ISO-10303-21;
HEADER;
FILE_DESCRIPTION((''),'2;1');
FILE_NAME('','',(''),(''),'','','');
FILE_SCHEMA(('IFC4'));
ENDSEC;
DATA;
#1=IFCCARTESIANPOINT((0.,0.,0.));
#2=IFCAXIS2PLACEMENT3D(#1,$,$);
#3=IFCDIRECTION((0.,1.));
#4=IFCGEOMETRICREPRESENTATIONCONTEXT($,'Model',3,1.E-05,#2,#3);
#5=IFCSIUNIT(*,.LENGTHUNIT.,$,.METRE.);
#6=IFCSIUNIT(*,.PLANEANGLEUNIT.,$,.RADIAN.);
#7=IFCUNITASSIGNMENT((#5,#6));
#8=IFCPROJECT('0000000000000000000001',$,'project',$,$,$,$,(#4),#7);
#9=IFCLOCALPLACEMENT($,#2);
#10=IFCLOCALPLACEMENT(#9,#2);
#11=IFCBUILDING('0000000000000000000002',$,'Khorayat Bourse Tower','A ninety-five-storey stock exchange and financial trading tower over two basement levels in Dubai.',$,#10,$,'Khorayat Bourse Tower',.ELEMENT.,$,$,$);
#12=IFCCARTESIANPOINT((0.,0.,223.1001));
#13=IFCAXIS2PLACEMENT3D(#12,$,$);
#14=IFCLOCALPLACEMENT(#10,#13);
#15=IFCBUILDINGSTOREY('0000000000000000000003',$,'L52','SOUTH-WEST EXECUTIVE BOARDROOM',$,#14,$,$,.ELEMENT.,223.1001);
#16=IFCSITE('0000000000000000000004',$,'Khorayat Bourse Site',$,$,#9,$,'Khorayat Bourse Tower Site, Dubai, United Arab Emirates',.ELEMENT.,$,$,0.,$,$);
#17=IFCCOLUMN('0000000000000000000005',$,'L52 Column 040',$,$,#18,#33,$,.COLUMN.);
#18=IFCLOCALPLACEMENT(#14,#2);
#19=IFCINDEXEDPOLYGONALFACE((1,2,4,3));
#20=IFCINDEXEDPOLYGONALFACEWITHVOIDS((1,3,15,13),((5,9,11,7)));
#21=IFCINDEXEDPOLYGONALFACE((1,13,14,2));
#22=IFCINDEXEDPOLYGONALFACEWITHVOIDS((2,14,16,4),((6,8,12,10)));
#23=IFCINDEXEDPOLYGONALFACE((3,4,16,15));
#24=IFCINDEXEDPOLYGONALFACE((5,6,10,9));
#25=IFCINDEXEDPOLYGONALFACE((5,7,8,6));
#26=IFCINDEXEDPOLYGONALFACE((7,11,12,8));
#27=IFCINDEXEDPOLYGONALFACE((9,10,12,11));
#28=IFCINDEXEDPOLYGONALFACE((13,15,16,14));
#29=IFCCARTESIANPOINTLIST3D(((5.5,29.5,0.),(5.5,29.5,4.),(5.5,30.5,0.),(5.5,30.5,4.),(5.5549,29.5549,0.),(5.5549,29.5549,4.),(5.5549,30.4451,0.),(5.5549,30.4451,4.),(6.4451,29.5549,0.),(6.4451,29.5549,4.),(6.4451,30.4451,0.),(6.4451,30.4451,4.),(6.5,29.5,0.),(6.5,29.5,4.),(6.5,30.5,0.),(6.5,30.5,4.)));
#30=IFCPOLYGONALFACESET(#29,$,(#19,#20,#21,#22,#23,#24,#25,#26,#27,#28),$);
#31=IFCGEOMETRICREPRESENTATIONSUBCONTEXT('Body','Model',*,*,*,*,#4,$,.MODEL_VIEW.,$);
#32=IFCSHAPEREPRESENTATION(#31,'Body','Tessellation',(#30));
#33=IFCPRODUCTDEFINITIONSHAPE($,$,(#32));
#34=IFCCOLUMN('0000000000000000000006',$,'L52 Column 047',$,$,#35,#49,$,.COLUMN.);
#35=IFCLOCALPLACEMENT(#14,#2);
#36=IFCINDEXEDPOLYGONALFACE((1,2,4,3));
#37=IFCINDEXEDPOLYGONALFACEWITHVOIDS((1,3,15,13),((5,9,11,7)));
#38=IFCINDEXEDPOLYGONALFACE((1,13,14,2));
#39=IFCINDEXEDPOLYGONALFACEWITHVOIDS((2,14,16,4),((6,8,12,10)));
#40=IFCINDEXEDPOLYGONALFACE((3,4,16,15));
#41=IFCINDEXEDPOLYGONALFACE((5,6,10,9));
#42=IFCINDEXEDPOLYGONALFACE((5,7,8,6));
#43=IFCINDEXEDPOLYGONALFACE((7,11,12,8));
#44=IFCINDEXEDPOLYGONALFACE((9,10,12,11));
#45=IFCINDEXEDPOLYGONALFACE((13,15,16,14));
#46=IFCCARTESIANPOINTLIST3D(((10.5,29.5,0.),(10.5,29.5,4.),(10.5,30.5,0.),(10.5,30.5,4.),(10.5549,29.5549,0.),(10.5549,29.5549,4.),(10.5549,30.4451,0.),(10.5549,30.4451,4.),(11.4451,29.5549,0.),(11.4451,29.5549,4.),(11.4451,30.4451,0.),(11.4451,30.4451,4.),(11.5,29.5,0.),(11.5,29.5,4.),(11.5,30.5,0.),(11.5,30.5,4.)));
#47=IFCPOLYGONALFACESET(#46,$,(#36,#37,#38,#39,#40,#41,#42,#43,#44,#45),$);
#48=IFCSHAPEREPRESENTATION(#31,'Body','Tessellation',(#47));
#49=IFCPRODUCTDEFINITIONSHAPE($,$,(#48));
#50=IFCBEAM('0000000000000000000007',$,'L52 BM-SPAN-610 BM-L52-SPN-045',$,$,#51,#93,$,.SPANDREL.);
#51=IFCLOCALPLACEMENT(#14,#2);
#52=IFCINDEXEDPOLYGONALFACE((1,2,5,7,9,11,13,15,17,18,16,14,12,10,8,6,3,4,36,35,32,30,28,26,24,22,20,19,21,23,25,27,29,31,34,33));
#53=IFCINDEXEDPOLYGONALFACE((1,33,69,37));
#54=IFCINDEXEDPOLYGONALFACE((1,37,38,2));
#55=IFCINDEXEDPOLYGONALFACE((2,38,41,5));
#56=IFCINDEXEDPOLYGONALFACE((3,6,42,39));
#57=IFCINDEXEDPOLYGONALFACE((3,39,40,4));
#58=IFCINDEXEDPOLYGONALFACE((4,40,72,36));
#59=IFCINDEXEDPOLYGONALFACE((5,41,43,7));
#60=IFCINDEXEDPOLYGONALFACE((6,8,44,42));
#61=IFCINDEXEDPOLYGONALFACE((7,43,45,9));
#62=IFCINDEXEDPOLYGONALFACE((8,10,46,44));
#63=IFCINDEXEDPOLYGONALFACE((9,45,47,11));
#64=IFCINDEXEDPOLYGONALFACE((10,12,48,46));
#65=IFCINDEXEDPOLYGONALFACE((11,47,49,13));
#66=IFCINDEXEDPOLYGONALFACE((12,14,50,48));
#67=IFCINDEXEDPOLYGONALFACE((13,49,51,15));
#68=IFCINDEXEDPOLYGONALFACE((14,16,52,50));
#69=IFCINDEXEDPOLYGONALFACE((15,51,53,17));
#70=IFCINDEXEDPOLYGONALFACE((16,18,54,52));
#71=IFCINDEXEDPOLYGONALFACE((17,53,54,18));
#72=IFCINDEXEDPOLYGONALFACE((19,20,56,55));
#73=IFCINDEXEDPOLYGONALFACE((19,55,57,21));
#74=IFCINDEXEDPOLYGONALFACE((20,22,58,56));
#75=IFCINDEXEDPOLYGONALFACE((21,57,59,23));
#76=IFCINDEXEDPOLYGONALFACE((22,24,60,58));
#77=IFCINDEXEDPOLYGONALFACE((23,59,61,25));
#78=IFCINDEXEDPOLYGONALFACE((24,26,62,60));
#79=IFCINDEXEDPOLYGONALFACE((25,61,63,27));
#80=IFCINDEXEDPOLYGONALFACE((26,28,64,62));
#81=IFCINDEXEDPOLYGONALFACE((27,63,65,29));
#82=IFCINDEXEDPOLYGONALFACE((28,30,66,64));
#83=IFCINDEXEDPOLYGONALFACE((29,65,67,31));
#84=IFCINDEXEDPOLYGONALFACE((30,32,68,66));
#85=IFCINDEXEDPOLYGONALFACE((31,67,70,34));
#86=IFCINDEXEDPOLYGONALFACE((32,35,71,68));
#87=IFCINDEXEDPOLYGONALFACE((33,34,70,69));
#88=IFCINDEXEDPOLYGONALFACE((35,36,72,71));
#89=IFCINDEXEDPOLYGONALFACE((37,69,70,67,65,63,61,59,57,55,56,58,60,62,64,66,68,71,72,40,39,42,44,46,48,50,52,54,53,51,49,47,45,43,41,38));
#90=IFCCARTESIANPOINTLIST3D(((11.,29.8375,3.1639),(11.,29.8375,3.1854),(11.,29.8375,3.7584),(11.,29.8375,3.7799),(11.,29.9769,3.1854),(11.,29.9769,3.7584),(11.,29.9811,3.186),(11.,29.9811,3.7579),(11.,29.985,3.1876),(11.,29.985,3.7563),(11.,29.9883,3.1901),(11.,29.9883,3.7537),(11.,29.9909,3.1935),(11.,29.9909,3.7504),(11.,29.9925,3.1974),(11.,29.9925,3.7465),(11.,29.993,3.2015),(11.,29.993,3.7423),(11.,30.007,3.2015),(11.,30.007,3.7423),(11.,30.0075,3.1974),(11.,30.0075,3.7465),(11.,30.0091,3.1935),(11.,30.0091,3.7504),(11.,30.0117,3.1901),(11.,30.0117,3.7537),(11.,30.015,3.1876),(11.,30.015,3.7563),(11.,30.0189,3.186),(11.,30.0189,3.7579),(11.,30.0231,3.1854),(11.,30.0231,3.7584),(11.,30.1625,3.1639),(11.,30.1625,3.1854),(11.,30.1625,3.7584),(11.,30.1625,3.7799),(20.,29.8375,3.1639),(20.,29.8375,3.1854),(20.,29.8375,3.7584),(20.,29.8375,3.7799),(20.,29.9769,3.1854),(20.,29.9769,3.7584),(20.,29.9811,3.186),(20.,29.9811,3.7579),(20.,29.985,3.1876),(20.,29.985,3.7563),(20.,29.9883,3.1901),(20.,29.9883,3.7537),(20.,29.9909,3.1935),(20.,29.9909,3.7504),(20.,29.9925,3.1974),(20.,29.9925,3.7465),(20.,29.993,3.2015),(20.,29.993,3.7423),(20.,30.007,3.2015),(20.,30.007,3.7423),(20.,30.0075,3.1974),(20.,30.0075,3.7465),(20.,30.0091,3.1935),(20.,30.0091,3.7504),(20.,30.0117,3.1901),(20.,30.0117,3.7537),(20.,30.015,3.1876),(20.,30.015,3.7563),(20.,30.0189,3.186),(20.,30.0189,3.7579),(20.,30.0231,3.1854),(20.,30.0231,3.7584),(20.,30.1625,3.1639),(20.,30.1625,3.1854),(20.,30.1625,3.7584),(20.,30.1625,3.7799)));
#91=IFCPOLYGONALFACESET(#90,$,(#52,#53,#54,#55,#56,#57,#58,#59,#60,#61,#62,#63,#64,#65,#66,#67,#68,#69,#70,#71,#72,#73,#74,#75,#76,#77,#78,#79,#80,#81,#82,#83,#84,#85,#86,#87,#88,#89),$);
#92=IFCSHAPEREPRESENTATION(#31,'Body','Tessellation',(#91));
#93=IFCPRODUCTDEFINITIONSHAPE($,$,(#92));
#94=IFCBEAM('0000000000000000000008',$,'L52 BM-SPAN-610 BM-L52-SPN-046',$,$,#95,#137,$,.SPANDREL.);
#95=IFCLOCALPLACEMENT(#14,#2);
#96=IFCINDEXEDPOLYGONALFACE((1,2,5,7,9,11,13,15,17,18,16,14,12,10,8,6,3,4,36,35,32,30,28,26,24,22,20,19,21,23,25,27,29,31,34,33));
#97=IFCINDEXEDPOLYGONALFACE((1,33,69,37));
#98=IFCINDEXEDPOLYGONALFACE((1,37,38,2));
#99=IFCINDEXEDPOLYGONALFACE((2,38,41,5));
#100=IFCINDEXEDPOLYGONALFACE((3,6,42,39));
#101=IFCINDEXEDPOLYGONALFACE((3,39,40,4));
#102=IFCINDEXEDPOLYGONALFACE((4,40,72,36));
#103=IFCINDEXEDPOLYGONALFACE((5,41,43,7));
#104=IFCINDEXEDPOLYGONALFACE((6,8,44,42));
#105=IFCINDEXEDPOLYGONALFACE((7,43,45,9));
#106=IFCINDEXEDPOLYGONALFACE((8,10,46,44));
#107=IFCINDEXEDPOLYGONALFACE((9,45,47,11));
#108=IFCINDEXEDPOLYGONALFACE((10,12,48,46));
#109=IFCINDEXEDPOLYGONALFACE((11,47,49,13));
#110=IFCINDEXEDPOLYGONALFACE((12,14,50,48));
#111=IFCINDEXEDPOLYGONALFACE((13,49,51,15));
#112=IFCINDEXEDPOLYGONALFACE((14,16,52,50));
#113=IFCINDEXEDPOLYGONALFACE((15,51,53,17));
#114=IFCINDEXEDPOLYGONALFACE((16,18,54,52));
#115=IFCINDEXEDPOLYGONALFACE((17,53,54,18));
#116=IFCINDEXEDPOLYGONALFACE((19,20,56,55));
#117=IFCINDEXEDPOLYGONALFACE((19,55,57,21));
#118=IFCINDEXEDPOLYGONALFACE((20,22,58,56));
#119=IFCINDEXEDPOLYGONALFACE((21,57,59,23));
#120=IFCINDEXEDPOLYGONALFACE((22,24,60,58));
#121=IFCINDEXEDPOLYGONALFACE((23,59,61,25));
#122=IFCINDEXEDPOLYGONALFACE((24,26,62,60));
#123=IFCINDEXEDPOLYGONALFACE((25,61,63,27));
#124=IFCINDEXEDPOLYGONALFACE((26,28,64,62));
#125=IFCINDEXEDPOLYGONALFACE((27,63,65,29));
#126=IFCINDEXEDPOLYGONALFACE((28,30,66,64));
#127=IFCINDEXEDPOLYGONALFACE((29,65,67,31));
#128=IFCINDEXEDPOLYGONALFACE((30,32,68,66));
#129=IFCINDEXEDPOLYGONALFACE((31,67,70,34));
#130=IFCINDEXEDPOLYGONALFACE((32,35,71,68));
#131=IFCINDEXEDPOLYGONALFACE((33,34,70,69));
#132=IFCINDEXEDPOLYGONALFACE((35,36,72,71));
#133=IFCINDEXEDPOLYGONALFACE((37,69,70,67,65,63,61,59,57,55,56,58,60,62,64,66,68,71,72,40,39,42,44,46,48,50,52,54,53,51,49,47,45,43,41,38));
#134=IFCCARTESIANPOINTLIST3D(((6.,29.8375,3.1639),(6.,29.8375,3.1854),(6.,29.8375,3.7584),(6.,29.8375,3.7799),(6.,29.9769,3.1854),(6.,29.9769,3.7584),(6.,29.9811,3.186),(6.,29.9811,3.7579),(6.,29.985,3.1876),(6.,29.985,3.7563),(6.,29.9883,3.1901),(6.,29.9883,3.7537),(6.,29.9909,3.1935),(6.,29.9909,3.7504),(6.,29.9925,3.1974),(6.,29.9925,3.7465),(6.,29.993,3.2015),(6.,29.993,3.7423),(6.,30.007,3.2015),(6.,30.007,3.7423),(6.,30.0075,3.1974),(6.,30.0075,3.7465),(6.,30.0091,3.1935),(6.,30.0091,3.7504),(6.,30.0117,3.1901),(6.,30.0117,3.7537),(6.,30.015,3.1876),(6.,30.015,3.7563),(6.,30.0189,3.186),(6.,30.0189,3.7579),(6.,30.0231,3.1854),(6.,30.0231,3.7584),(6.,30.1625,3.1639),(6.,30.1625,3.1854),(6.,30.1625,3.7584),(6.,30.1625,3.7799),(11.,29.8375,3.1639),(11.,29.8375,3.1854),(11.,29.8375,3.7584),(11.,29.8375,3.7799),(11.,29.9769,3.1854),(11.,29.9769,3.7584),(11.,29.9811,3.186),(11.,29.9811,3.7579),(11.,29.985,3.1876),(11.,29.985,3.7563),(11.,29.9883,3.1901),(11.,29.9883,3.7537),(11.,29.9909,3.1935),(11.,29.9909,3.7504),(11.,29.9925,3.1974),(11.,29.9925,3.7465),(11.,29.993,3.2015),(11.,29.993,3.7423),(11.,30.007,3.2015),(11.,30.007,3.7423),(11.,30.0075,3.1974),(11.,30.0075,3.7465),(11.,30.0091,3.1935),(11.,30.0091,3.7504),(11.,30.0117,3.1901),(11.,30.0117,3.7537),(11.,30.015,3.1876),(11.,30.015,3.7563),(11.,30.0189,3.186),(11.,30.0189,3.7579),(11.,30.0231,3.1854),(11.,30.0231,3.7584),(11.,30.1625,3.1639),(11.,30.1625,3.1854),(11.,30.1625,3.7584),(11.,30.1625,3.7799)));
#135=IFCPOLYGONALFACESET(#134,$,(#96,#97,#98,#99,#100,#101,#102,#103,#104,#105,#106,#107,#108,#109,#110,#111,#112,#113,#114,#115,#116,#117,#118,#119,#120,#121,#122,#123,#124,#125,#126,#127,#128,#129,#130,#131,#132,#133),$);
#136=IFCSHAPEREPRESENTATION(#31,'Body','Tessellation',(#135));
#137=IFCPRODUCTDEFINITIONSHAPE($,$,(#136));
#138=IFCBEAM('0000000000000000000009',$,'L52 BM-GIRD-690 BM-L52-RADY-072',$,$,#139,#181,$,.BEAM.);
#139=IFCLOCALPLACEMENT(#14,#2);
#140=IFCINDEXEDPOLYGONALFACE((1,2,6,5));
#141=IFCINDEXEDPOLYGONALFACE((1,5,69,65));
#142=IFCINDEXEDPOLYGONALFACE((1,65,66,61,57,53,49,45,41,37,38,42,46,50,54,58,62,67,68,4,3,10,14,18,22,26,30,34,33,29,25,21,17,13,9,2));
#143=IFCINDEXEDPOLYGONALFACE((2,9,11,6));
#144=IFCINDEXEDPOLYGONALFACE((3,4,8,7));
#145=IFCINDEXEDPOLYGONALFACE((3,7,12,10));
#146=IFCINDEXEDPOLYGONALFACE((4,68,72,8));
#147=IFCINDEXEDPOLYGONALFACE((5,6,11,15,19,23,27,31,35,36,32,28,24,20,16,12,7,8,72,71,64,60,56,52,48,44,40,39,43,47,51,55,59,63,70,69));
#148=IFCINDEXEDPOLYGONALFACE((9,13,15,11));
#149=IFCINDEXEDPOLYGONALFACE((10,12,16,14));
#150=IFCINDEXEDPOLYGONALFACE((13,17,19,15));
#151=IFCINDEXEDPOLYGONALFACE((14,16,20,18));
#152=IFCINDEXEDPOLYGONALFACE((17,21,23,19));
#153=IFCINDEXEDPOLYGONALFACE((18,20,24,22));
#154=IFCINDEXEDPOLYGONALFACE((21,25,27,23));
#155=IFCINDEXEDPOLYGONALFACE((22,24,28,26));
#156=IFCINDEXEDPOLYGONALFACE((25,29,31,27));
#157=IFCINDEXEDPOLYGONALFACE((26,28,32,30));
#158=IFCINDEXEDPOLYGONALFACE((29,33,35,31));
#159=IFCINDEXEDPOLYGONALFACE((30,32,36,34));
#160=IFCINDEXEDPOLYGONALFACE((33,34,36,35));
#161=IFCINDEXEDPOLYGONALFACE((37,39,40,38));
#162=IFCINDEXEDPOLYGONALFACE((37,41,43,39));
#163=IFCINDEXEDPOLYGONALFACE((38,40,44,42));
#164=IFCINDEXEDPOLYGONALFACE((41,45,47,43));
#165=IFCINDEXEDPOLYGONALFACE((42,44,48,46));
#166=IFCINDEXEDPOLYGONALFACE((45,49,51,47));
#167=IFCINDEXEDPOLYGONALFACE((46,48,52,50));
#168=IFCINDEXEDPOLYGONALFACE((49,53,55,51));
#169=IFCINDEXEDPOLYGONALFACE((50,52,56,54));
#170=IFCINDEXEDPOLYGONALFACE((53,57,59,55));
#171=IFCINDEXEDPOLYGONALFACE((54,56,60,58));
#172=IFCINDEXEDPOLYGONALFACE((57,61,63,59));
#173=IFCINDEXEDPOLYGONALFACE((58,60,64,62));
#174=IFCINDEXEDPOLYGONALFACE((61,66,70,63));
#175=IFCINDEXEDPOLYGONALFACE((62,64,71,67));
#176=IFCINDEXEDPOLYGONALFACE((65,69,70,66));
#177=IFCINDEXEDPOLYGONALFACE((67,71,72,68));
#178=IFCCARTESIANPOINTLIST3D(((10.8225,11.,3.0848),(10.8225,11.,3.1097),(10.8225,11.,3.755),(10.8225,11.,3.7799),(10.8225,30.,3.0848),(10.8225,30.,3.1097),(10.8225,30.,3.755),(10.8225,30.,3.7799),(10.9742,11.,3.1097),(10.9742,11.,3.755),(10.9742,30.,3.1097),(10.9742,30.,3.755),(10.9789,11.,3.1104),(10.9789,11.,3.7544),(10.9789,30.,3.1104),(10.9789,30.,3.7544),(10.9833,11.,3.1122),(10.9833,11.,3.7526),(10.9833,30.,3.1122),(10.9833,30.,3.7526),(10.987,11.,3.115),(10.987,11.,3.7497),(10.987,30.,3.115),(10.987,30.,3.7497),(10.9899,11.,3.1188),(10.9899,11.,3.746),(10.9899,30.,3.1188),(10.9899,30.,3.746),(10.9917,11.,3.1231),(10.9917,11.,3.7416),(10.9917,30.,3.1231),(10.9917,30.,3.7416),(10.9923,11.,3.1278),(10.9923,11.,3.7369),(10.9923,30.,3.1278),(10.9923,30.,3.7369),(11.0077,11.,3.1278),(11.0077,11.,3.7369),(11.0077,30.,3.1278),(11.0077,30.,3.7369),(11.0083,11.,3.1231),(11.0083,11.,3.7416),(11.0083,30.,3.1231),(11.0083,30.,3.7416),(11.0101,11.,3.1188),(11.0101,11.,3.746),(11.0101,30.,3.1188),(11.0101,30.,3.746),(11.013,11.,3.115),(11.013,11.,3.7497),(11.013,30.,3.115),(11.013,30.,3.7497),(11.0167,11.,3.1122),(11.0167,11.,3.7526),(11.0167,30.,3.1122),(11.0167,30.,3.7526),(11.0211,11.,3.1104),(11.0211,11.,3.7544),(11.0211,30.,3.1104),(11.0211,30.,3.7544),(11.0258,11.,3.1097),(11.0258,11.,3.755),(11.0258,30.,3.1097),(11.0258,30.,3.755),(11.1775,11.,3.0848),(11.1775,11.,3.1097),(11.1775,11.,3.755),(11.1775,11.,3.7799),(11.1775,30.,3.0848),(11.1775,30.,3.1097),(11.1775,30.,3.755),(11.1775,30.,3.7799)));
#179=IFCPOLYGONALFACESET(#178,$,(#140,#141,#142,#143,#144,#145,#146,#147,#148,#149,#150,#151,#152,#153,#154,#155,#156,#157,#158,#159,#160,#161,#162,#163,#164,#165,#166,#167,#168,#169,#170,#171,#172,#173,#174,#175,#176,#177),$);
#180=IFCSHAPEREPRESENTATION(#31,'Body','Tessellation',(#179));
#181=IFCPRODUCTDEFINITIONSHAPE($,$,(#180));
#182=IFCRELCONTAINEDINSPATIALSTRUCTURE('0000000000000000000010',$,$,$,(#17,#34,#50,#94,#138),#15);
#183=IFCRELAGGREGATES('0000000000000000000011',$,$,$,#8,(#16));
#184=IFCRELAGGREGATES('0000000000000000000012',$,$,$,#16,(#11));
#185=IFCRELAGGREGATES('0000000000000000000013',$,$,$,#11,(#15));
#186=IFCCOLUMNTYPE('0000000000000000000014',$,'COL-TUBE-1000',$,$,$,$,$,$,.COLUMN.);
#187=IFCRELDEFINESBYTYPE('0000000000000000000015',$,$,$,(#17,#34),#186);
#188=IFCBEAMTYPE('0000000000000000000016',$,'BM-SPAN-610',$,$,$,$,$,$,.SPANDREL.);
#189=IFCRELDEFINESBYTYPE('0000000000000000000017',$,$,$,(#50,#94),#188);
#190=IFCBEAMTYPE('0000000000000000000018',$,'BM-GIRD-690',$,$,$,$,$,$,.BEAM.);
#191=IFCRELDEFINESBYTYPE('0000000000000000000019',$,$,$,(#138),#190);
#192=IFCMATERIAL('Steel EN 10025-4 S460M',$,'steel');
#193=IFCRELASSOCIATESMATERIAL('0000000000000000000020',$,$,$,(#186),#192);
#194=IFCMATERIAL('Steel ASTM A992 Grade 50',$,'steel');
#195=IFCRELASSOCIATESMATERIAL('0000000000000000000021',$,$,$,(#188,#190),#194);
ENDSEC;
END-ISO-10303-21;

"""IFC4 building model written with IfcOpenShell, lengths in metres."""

from ifc_helpers import new_model, si_unit, direction, frame, origin, origin_2d, place, context, subcontext, project, spatial, hollow_rectangle, i_section, extrude, source, transform, mapped, material, material_profile, profile_set, type_object, element, save


model = new_model("IFC4")

# Units and contexts
model_context = context("Model", 3, precision=1e-05, world=origin(), true_north=direction((0.0, 1.0)))
body_context = subcontext(model_context, "Body", "Model", "MODEL_VIEW")
ifc_project = project(units=[si_unit("LENGTHUNIT", "METRE"), si_unit("PLANEANGLEUNIT", "RADIAN")], contexts=[model_context])

# Site, building, storey
site_placement = place(None, origin())
site = spatial("IfcSite", under=ifc_project, at=site_placement, Name="Khorayat Bourse Site", LongName="Khorayat Bourse Tower Site, Dubai, United Arab Emirates", CompositionType="ELEMENT", RefElevation=0.0)
building_placement = place(site_placement, origin())
building = spatial("IfcBuilding", under=site, at=building_placement, Name="Khorayat Bourse Tower", Description="A ninety-five-storey stock exchange and financial trading tower over two basement levels in Dubai.", LongName="Khorayat Bourse Tower", CompositionType="ELEMENT")
storey_placement = place(building_placement, frame((0.0, 0.0, 223.1001)))
storey = spatial("IfcBuildingStorey", under=building, at=storey_placement, Name="L52", Description="SOUTH-WEST EXECUTIVE BOARDROOM", CompositionType="ELEMENT", Elevation=223.1001)

# Columns
ifc_material_1 = material(Name="Steel EN 10025-4 S460M", Category="steel")
ifc_material_profile_1 = material_profile(ifc_material_1, hollow_rectangle(XDim=1.0, YDim=1.0, WallThickness=0.0549, at=origin_2d()), Name="BOX 1000x1000x55")
ifc_profile_set_1 = profile_set([ifc_material_profile_1], Name="Steel EN 10025-4 S460M")
column_type = type_object("IfcColumnType", Name="COL-TUBE-1000", PredefinedType="COLUMN", material=ifc_profile_set_1)
shared_shape_1 = source(origin(), body_context, "Body", "SweptSolid", [
    extrude(hollow_rectangle(XDim=1.0, YDim=1.0, WallThickness=0.0549, at=origin_2d()), origin(), (0.0, 0.0, 1.0), 4.0),
])
for number, where, z_axis, x_axis, name in (
    (1, (6.0, 30.0, 0.0), (0.0, 0.0, 1.0), (1.0, 0.0, 0.0), "L52 Column 040"),
    (2, (11.0, 30.0, 0.0), (0.0, 0.0, 1.0), (1.0, 0.0, 0.0), "L52 Column 047"),
):
    element("IfcColumn", number, at=place(storey_placement, frame(where, z_axis=z_axis, x_axis=x_axis)), inside=storey, type_object=column_type, Name=name, PredefinedType="COLUMN", context=body_context, shape_type="MappedRepresentation", body=[
        mapped(shared_shape_1, transform((0.0, 0.0, 0.0), scale=1.0)),
    ])

# Beams
ifc_material_2 = material(Name="Steel ASTM A992 Grade 50", Category="steel")
ifc_material_profile_2 = material_profile(ifc_material_2, i_section(OverallWidth=0.325, OverallDepth=0.616, WebThickness=0.0139, FlangeThickness=0.0215, FilletRadius=0.0161, at=origin_2d()), Name="W610X174")
ifc_profile_set_2 = profile_set([ifc_material_profile_2], Name="Steel ASTM A992 Grade 50")
beam_type_1 = type_object("IfcBeamType", Name="BM-SPAN-610", PredefinedType="SPANDREL", material=ifc_profile_set_2)
shared_shape_2 = source(origin(), body_context, "Body", "SweptSolid", [
    extrude(i_section(OverallWidth=0.325, OverallDepth=0.616, WebThickness=0.0139, FlangeThickness=0.0215, FilletRadius=0.0161, at=origin_2d()), origin(), (0.0, 0.0, 1.0), 9.0),
])
beam_1_placement = place(storey_placement, frame((11.0, 30.0, 3.4719), z_axis=(1.0, 0.0, 0.0), x_axis=(0.0, 1.0, 0.0)))
element("IfcBeam", 3, at=beam_1_placement, inside=storey, type_object=beam_type_1, Name="L52 BM-SPAN-610 BM-L52-SPN-045", PredefinedType="SPANDREL", context=body_context, shape_type="MappedRepresentation", body=[
    mapped(shared_shape_2, transform((0.0, 0.0, 0.0), scale=1.0)),
])
shared_shape_3 = source(origin(), body_context, "Body", "SweptSolid", [
    extrude(i_section(OverallWidth=0.325, OverallDepth=0.616, WebThickness=0.0139, FlangeThickness=0.0215, FilletRadius=0.0161, at=origin_2d()), origin(), (0.0, 0.0, 1.0), 5.0),
])
beam_2_placement = place(storey_placement, frame((6.0, 30.0, 3.4719), z_axis=(1.0, 0.0, 0.0), x_axis=(0.0, 1.0, 0.0)))
element("IfcBeam", 4, at=beam_2_placement, inside=storey, type_object=beam_type_1, Name="L52 BM-SPAN-610 BM-L52-SPN-046", PredefinedType="SPANDREL", context=body_context, shape_type="MappedRepresentation", body=[
    mapped(shared_shape_3, transform((0.0, 0.0, 0.0), scale=1.0)),
])
ifc_material_profile_3 = material_profile(ifc_material_2, i_section(OverallWidth=0.355, OverallDepth=0.6951, WebThickness=0.0154, FlangeThickness=0.0249, FilletRadius=0.0181, at=origin_2d()), Name="W690X217")
ifc_profile_set_3 = profile_set([ifc_material_profile_3], Name="Steel ASTM A992 Grade 50")
beam_type_2 = type_object("IfcBeamType", Name="BM-GIRD-690", PredefinedType="BEAM", material=ifc_profile_set_3)
shared_shape_4 = source(origin(), body_context, "Body", "SweptSolid", [
    extrude(i_section(OverallWidth=0.355, OverallDepth=0.6951, WebThickness=0.0154, FlangeThickness=0.0249, FilletRadius=0.0181, at=origin_2d()), origin(), (0.0, 0.0, 1.0), 19.0),
])
for number, where, z_axis, x_axis, name in (
    (5, (11.0, 11.0, 3.4324), (0.0, 1.0, 0.0), (-1.0, 0.0, 0.0), "L52 BM-GIRD-690 BM-L52-RADY-072"),
):
    element("IfcBeam", number, at=place(storey_placement, frame(where, z_axis=z_axis, x_axis=x_axis)), inside=storey, type_object=beam_type_2, Name=name, PredefinedType="BEAM", context=body_context, shape_type="MappedRepresentation", body=[
        mapped(shared_shape_4, transform((0.0, 0.0, 0.0), scale=1.0)),
    ])

save(model, "model.ifc")
